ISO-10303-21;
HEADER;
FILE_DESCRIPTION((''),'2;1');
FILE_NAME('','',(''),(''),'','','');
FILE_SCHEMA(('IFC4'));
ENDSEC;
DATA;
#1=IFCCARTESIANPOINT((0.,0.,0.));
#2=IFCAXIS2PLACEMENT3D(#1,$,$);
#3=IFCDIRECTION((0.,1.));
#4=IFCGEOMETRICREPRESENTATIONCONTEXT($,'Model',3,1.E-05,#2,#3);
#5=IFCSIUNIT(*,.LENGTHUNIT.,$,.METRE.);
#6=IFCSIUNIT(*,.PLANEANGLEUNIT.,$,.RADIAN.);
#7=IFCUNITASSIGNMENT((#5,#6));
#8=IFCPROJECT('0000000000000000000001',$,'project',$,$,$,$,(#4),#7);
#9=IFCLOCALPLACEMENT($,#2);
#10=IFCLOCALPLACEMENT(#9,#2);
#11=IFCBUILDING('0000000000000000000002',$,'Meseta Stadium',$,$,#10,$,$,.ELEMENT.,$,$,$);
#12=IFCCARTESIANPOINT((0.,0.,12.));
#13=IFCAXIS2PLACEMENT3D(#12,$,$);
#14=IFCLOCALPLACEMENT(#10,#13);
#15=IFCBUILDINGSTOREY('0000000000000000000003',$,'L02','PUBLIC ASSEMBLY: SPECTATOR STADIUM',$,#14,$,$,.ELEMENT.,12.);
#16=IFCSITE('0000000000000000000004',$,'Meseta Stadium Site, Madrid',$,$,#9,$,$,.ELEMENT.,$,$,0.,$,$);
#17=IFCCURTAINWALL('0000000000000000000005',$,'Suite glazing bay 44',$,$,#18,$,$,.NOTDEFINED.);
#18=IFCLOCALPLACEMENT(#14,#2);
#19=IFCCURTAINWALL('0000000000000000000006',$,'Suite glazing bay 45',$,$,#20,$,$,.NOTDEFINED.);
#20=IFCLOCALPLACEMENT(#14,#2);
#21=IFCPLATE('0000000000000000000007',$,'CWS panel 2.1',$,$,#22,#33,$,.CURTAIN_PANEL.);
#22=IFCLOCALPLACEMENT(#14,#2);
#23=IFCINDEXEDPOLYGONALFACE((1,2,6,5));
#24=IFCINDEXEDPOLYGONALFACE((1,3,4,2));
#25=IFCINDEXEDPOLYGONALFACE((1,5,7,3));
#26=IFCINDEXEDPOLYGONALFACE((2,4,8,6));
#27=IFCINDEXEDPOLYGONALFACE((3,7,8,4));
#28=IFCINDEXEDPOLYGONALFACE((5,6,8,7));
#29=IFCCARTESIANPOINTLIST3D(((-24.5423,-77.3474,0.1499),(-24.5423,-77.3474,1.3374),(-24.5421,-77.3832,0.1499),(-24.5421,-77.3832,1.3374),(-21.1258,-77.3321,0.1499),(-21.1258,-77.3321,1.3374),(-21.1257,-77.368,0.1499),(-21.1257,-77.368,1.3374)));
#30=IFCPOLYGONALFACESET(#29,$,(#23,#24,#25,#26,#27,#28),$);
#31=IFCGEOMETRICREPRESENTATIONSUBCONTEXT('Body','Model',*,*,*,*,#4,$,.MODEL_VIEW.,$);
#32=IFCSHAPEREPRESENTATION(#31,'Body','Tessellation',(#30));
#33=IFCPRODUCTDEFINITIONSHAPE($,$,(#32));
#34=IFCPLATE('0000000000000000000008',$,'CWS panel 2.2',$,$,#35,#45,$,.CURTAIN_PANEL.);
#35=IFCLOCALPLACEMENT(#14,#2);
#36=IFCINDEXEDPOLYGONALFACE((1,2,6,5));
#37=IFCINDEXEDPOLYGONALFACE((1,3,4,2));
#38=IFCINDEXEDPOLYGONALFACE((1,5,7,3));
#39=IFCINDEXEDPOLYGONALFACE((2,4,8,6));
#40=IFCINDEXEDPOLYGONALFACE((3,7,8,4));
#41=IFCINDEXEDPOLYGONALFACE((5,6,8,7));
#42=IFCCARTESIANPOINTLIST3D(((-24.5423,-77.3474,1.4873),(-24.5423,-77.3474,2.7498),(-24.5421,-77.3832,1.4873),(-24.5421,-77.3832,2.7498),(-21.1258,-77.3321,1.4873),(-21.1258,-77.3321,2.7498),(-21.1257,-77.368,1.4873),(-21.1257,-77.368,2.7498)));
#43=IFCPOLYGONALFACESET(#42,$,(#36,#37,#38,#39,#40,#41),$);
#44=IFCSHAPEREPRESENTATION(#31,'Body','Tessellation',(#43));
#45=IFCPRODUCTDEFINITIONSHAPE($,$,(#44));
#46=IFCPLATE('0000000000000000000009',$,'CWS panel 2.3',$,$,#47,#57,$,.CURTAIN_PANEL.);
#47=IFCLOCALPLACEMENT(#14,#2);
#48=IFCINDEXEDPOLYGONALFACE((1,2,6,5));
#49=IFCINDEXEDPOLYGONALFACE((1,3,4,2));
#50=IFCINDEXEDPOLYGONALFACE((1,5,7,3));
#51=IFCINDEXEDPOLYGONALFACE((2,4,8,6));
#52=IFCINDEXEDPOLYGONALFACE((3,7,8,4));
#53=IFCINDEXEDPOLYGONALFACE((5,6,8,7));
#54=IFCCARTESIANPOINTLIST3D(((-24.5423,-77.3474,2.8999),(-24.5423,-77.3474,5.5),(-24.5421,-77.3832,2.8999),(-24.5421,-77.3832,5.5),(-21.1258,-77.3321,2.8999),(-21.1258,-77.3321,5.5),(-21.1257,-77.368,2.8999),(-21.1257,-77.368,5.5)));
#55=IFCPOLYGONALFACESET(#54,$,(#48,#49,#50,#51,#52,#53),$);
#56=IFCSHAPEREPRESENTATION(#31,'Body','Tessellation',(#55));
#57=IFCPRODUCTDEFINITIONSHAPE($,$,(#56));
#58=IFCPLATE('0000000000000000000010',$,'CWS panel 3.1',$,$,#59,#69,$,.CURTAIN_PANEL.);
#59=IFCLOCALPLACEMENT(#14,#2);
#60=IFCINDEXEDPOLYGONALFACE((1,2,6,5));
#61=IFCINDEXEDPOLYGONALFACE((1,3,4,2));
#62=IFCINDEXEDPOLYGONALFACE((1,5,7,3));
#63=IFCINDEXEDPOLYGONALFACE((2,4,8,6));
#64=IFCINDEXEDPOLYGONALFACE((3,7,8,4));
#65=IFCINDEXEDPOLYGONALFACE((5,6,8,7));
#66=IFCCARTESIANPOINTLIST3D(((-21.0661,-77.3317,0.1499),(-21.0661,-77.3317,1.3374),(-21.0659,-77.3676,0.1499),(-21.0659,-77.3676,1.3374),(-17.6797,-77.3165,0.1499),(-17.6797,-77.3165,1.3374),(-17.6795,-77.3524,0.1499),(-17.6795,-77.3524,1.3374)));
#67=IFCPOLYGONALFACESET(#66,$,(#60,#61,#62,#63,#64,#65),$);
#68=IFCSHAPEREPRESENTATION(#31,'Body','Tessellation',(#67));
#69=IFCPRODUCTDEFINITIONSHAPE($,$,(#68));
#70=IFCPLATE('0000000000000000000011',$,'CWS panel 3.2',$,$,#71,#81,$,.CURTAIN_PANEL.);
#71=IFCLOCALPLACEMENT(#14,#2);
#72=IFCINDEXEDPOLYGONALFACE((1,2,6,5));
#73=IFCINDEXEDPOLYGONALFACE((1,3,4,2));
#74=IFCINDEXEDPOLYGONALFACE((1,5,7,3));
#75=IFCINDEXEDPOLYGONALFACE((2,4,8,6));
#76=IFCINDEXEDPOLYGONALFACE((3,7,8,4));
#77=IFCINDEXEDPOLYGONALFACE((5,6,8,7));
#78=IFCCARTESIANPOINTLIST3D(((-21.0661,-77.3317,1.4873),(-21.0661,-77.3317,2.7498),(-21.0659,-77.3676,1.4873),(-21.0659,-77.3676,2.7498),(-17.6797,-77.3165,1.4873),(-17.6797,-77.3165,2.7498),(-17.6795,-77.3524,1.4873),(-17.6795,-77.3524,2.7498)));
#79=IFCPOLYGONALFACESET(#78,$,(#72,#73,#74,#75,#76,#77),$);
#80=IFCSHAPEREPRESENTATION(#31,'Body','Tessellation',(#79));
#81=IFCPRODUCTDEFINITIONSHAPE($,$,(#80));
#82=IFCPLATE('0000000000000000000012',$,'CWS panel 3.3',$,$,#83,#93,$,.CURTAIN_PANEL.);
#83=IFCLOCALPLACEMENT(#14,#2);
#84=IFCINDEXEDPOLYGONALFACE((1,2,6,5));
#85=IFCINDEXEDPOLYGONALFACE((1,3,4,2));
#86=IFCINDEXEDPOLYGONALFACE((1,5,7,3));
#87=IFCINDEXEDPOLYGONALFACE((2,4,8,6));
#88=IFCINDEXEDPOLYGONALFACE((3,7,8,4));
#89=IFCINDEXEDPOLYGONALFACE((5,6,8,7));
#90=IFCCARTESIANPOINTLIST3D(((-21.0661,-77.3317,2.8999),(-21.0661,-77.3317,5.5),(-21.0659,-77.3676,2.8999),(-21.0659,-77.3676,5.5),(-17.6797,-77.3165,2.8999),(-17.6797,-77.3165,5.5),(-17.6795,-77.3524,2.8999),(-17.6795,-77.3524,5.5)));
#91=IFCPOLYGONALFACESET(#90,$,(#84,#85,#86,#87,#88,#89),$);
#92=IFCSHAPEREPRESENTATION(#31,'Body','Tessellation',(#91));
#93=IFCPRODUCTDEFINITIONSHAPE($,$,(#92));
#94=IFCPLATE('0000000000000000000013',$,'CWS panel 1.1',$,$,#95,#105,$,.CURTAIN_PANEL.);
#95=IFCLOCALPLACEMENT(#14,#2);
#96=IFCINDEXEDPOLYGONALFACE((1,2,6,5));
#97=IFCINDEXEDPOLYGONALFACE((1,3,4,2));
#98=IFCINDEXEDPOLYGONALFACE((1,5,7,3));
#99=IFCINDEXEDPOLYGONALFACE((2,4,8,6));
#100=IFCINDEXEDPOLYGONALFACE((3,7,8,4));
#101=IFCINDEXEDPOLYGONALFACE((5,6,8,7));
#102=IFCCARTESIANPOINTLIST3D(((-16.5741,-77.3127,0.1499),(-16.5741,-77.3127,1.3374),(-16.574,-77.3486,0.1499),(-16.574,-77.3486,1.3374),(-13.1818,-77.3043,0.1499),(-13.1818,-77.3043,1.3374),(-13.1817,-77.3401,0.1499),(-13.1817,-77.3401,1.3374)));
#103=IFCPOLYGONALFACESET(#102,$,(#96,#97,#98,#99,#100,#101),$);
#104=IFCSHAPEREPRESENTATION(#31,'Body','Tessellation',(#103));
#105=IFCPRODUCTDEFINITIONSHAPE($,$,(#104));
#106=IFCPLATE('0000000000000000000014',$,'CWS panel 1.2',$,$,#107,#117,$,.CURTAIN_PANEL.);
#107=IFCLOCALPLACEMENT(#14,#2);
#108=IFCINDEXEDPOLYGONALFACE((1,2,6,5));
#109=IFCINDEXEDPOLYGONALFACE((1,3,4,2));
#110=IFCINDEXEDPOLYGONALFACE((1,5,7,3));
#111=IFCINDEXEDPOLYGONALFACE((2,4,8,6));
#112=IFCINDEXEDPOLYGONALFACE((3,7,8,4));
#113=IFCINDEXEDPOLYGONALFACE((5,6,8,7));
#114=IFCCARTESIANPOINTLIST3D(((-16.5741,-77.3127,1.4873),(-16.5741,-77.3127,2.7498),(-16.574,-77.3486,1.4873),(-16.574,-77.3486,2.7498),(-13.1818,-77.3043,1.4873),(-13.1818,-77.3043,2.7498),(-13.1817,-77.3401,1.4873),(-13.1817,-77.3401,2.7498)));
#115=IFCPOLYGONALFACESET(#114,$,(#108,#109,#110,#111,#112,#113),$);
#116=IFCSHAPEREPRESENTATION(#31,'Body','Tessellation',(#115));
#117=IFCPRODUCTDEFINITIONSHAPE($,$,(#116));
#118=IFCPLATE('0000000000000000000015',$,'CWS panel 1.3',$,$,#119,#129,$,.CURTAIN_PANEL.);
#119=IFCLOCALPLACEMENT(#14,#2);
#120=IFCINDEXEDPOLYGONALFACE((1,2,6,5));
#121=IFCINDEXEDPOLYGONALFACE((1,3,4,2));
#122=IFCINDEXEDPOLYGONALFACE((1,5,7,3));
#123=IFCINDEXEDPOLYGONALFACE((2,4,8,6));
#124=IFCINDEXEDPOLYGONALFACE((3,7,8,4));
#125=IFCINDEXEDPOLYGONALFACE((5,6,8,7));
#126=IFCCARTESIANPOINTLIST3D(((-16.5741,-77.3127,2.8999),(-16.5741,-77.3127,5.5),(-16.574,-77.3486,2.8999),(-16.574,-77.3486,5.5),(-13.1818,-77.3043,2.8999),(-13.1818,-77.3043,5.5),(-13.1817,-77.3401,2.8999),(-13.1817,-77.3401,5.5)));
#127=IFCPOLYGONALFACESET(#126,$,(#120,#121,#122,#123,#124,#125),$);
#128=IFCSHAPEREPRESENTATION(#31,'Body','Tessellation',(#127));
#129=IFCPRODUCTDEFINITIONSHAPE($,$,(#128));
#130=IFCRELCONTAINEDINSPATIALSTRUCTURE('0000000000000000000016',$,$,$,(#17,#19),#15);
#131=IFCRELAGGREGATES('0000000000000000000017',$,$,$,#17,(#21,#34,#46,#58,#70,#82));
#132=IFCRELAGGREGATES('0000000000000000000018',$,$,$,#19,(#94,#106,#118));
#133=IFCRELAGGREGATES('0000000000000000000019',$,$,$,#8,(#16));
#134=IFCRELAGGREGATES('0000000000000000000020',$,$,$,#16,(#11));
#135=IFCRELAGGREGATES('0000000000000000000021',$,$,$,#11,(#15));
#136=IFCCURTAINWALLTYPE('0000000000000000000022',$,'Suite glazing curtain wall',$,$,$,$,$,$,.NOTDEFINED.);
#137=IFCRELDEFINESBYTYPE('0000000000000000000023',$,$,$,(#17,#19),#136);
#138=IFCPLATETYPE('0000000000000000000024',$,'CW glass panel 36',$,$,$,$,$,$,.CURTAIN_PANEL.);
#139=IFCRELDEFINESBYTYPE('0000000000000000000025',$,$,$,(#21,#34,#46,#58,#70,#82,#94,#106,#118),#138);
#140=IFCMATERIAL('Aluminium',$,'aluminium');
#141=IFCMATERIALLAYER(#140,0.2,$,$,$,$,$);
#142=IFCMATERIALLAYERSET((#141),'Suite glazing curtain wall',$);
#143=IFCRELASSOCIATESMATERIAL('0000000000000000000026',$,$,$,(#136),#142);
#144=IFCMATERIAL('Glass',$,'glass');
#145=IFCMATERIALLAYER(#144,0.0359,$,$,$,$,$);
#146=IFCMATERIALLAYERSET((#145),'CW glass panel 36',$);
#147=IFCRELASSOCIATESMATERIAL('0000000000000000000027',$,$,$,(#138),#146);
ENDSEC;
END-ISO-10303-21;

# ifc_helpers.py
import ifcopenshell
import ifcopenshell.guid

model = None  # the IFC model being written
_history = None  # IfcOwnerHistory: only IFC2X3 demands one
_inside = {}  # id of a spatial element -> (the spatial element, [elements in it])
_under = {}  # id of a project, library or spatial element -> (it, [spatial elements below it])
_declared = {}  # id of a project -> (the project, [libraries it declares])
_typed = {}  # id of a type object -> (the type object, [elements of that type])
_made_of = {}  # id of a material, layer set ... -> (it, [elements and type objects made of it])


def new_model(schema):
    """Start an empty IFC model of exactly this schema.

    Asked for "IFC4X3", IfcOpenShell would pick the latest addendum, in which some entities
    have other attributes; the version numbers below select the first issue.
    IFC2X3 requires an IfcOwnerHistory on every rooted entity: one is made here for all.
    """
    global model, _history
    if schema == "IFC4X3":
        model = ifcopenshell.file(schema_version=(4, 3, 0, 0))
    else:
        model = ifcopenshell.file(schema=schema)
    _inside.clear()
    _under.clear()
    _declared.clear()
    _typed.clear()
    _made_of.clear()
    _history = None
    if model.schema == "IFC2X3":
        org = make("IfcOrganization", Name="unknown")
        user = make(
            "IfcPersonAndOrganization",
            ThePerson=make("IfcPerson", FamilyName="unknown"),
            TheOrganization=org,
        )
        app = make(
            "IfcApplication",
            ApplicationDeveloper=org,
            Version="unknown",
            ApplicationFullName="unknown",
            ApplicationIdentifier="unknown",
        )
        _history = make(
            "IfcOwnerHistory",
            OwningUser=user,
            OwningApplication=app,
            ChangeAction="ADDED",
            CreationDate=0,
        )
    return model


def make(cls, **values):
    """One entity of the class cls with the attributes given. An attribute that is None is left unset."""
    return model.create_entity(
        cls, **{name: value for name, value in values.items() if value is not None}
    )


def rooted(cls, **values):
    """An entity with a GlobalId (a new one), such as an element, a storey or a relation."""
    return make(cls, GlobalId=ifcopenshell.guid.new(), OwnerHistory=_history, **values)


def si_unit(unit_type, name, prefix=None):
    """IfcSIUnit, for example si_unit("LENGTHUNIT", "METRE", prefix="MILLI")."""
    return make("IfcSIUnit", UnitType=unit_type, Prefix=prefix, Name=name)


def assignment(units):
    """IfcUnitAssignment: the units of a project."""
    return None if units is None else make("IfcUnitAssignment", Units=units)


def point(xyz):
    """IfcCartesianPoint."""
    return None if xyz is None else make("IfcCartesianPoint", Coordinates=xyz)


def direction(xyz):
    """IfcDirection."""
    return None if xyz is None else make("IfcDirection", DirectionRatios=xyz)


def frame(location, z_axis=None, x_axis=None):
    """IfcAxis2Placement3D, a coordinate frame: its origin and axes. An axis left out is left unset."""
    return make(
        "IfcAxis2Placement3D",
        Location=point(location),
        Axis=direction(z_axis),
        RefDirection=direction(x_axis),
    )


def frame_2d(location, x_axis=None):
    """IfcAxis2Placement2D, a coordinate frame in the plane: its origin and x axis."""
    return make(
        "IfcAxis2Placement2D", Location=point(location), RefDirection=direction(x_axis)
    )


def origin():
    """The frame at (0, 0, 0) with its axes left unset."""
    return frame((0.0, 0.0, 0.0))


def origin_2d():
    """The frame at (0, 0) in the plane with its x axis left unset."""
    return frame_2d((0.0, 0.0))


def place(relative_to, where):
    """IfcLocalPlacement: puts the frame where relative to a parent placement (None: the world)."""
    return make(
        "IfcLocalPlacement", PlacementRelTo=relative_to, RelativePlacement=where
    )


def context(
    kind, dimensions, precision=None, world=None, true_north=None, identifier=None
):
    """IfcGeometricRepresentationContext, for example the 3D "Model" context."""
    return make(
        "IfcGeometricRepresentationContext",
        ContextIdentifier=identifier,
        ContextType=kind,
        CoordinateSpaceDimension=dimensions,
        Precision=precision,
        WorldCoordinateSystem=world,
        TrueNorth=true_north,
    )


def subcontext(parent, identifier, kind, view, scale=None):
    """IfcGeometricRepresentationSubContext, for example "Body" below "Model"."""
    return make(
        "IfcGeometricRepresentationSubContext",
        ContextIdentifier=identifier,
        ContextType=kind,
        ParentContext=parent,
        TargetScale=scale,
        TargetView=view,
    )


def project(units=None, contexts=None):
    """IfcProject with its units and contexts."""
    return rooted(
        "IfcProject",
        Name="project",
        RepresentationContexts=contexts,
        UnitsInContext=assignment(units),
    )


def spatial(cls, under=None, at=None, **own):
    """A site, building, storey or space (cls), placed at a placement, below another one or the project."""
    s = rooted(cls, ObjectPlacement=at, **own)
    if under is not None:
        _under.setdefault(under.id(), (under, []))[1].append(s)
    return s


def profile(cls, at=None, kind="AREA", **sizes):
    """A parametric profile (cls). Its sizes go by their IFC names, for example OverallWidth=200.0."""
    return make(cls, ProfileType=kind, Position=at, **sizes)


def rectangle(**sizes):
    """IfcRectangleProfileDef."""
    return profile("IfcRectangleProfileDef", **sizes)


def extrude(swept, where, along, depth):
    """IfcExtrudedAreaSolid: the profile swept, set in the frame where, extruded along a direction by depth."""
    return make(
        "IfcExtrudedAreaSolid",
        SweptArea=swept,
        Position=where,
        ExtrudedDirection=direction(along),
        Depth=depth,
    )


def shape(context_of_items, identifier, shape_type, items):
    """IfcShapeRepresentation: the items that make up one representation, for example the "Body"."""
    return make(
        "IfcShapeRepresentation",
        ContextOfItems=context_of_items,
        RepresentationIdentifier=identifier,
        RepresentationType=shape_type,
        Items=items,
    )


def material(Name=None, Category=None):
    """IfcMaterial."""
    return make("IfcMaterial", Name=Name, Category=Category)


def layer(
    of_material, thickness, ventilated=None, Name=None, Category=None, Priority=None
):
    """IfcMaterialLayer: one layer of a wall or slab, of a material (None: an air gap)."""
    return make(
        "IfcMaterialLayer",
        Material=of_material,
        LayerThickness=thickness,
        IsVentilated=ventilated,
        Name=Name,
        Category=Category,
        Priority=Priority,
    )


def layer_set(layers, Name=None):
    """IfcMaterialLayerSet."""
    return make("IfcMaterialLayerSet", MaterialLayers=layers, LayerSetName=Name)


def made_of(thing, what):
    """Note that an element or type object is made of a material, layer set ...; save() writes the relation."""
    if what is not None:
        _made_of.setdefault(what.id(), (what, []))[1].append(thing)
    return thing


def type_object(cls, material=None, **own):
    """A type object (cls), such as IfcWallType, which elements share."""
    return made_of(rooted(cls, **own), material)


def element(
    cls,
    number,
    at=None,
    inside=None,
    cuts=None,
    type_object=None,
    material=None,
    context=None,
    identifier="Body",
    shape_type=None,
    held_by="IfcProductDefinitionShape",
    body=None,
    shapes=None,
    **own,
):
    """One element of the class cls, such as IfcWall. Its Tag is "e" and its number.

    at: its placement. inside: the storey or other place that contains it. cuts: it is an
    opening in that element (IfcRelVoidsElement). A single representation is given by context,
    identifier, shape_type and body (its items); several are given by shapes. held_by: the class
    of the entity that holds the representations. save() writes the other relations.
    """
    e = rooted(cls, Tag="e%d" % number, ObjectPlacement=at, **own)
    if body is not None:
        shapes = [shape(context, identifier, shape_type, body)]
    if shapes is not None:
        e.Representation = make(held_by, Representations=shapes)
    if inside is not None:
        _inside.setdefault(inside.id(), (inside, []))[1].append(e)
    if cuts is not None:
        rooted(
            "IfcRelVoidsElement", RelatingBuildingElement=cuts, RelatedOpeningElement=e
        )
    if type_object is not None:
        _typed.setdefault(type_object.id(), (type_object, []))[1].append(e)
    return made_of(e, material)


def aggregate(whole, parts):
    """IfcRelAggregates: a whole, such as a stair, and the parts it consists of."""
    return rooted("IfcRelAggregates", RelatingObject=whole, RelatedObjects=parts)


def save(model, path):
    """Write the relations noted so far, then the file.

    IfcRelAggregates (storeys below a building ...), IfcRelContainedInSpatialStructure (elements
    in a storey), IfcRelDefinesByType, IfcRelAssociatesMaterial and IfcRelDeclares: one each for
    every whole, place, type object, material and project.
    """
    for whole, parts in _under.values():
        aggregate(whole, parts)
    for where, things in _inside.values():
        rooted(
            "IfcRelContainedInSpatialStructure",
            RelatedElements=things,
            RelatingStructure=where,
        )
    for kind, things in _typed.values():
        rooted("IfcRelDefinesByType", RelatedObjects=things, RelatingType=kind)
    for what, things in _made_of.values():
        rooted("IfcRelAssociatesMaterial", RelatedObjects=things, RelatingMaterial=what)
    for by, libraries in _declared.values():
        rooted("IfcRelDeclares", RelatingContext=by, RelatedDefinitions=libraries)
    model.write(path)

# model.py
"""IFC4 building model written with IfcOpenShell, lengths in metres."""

from ifc_helpers import new_model, si_unit, direction, frame, origin, origin_2d, place, context, subcontext, project, spatial, rectangle, extrude, material, layer, layer_set, type_object, element, aggregate, save


model = new_model("IFC4")

# Units and contexts
model_context = context("Model", 3, precision=1e-05, world=origin(), true_north=direction((0.0, 1.0)))
body_context = subcontext(model_context, "Body", "Model", "MODEL_VIEW")
ifc_project = project(units=[si_unit("LENGTHUNIT", "METRE"), si_unit("PLANEANGLEUNIT", "RADIAN")], contexts=[model_context])

# Site, building, storey
site_placement = place(None, origin())
site = spatial("IfcSite", under=ifc_project, at=site_placement, Name="Meseta Stadium Site, Madrid", CompositionType="ELEMENT", RefElevation=0.0)
building_placement = place(site_placement, origin())
building = spatial("IfcBuilding", under=site, at=building_placement, Name="Meseta Stadium", CompositionType="ELEMENT")
storey_placement = place(building_placement, frame((0.0, 0.0, 12.0)))
storey = spatial("IfcBuildingStorey", under=building, at=storey_placement, Name="L02", Description="PUBLIC ASSEMBLY: SPECTATOR STADIUM", CompositionType="ELEMENT", Elevation=12.0)

# Curtain walls
ifc_material_1 = material(Name="Aluminium", Category="aluminium")
ifc_layer_1 = layer(ifc_material_1, 0.2)
ifc_layer_set_1 = layer_set([ifc_layer_1], Name="Suite glazing curtain wall")
curtain_wall_type = type_object("IfcCurtainWallType", Name="Suite glazing curtain wall", PredefinedType="NOTDEFINED", material=ifc_layer_set_1)
curtain_wall_1_placement = place(storey_placement, origin())
curtain_wall_1 = element("IfcCurtainWall", 1, at=curtain_wall_1_placement, inside=storey, type_object=curtain_wall_type, Name="Suite glazing bay 44", PredefinedType="NOTDEFINED")
curtain_wall_2_placement = place(storey_placement, origin())
curtain_wall_2 = element("IfcCurtainWall", 2, at=curtain_wall_2_placement, inside=storey, type_object=curtain_wall_type, Name="Suite glazing bay 45", PredefinedType="NOTDEFINED")

# Plates
ifc_material_2 = material(Name="Glass", Category="glass")
ifc_layer_2 = layer(ifc_material_2, 0.0359)
ifc_layer_set_2 = layer_set([ifc_layer_2], Name="CW glass panel 36")
plate_type = type_object("IfcPlateType", Name="CW glass panel 36", PredefinedType="CURTAIN_PANEL", material=ifc_layer_set_2)
plate_1_placement = place(storey_placement, frame((-22.834, -77.3577, 0.1499), z_axis=(0.0, 0.0, 1.0), x_axis=(0.99999, 0.004469, 0.0)))
plate_1 = element("IfcPlate", 3, at=plate_1_placement, type_object=plate_type, Name="CWS panel 2.1", PredefinedType="CURTAIN_PANEL", context=body_context, shape_type="SweptSolid", body=[
    extrude(rectangle(XDim=3.4165, YDim=0.0359, at=origin_2d()), origin(), (0.0, 0.0, 1.0), 1.1875),
])
plate_2_placement = place(storey_placement, frame((-22.834, -77.3577, 1.4873), z_axis=(0.0, 0.0, 1.0), x_axis=(0.99999, 0.004469, 0.0)))
plate_2 = element("IfcPlate", 4, at=plate_2_placement, type_object=plate_type, Name="CWS panel 2.2", PredefinedType="CURTAIN_PANEL", context=body_context, shape_type="SweptSolid", body=[
    extrude(rectangle(XDim=3.4165, YDim=0.0359, at=origin_2d()), origin(), (0.0, 0.0, 1.0), 1.2625),
])
plate_3_placement = place(storey_placement, frame((-22.834, -77.3577, 2.8999), z_axis=(0.0, 0.0, 1.0), x_axis=(0.99999, 0.004469, 0.0)))
plate_3 = element("IfcPlate", 5, at=plate_3_placement, type_object=plate_type, Name="CWS panel 2.3", PredefinedType="CURTAIN_PANEL", context=body_context, shape_type="SweptSolid", body=[
    extrude(rectangle(XDim=3.4165, YDim=0.0359, at=origin_2d()), origin(), (0.0, 0.0, 1.0), 2.6001),
])
plate_4_placement = place(storey_placement, frame((-19.3728, -77.342, 0.1499), z_axis=(0.0, 0.0, 1.0), x_axis=(0.99999, 0.004469, 0.0)))
plate_4 = element("IfcPlate", 6, at=plate_4_placement, type_object=plate_type, Name="CWS panel 3.1", PredefinedType="CURTAIN_PANEL", context=body_context, shape_type="SweptSolid", body=[
    extrude(rectangle(XDim=3.3865, YDim=0.0359, at=origin_2d()), origin(), (0.0, 0.0, 1.0), 1.1875),
])
plate_5_placement = place(storey_placement, frame((-19.3728, -77.342, 1.4873), z_axis=(0.0, 0.0, 1.0), x_axis=(0.99999, 0.004469, 0.0)))
plate_5 = element("IfcPlate", 7, at=plate_5_placement, type_object=plate_type, Name="CWS panel 3.2", PredefinedType="CURTAIN_PANEL", context=body_context, shape_type="SweptSolid", body=[
    extrude(rectangle(XDim=3.3865, YDim=0.0359, at=origin_2d()), origin(), (0.0, 0.0, 1.0), 1.2625),
])
plate_6_placement = place(storey_placement, frame((-19.3728, -77.342, 2.8999), z_axis=(0.0, 0.0, 1.0), x_axis=(0.99999, 0.004469, 0.0)))
plate_6 = element("IfcPlate", 8, at=plate_6_placement, type_object=plate_type, Name="CWS panel 3.3", PredefinedType="CURTAIN_PANEL", context=body_context, shape_type="SweptSolid", body=[
    extrude(rectangle(XDim=3.3865, YDim=0.0359, at=origin_2d()), origin(), (0.0, 0.0, 1.0), 2.6001),
])
aggregate(curtain_wall_1, [plate_1, plate_2, plate_3, plate_4, plate_5, plate_6])
plate_7_placement = place(storey_placement, frame((-14.8779, -77.3264, 0.1499), z_axis=(0.0, 0.0, 1.0), x_axis=(0.999997, 0.002486, 0.0)))
plate_7 = element("IfcPlate", 9, at=plate_7_placement, type_object=plate_type, Name="CWS panel 1.1", PredefinedType="CURTAIN_PANEL", context=body_context, shape_type="SweptSolid", body=[
    extrude(rectangle(XDim=3.3923, YDim=0.0359, at=origin_2d()), origin(), (0.0, 0.0, 1.0), 1.1875),
])
plate_8_placement = place(storey_placement, frame((-14.8779, -77.3264, 1.4873), z_axis=(0.0, 0.0, 1.0), x_axis=(0.999997, 0.002486, 0.0)))
plate_8 = element("IfcPlate", 10, at=plate_8_placement, type_object=plate_type, Name="CWS panel 1.2", PredefinedType="CURTAIN_PANEL", context=body_context, shape_type="SweptSolid", body=[
    extrude(rectangle(XDim=3.3923, YDim=0.0359, at=origin_2d()), origin(), (0.0, 0.0, 1.0), 1.2625),
])
plate_9_placement = place(storey_placement, frame((-14.8779, -77.3264, 2.8999), z_axis=(0.0, 0.0, 1.0), x_axis=(0.999997, 0.002486, 0.0)))
plate_9 = element("IfcPlate", 11, at=plate_9_placement, type_object=plate_type, Name="CWS panel 1.3", PredefinedType="CURTAIN_PANEL", context=body_context, shape_type="SweptSolid", body=[
    extrude(rectangle(XDim=3.3923, YDim=0.0359, at=origin_2d()), origin(), (0.0, 0.0, 1.0), 2.6001),
])
aggregate(curtain_wall_2, [plate_7, plate_8, plate_9])

save(model, "model.ifc")
